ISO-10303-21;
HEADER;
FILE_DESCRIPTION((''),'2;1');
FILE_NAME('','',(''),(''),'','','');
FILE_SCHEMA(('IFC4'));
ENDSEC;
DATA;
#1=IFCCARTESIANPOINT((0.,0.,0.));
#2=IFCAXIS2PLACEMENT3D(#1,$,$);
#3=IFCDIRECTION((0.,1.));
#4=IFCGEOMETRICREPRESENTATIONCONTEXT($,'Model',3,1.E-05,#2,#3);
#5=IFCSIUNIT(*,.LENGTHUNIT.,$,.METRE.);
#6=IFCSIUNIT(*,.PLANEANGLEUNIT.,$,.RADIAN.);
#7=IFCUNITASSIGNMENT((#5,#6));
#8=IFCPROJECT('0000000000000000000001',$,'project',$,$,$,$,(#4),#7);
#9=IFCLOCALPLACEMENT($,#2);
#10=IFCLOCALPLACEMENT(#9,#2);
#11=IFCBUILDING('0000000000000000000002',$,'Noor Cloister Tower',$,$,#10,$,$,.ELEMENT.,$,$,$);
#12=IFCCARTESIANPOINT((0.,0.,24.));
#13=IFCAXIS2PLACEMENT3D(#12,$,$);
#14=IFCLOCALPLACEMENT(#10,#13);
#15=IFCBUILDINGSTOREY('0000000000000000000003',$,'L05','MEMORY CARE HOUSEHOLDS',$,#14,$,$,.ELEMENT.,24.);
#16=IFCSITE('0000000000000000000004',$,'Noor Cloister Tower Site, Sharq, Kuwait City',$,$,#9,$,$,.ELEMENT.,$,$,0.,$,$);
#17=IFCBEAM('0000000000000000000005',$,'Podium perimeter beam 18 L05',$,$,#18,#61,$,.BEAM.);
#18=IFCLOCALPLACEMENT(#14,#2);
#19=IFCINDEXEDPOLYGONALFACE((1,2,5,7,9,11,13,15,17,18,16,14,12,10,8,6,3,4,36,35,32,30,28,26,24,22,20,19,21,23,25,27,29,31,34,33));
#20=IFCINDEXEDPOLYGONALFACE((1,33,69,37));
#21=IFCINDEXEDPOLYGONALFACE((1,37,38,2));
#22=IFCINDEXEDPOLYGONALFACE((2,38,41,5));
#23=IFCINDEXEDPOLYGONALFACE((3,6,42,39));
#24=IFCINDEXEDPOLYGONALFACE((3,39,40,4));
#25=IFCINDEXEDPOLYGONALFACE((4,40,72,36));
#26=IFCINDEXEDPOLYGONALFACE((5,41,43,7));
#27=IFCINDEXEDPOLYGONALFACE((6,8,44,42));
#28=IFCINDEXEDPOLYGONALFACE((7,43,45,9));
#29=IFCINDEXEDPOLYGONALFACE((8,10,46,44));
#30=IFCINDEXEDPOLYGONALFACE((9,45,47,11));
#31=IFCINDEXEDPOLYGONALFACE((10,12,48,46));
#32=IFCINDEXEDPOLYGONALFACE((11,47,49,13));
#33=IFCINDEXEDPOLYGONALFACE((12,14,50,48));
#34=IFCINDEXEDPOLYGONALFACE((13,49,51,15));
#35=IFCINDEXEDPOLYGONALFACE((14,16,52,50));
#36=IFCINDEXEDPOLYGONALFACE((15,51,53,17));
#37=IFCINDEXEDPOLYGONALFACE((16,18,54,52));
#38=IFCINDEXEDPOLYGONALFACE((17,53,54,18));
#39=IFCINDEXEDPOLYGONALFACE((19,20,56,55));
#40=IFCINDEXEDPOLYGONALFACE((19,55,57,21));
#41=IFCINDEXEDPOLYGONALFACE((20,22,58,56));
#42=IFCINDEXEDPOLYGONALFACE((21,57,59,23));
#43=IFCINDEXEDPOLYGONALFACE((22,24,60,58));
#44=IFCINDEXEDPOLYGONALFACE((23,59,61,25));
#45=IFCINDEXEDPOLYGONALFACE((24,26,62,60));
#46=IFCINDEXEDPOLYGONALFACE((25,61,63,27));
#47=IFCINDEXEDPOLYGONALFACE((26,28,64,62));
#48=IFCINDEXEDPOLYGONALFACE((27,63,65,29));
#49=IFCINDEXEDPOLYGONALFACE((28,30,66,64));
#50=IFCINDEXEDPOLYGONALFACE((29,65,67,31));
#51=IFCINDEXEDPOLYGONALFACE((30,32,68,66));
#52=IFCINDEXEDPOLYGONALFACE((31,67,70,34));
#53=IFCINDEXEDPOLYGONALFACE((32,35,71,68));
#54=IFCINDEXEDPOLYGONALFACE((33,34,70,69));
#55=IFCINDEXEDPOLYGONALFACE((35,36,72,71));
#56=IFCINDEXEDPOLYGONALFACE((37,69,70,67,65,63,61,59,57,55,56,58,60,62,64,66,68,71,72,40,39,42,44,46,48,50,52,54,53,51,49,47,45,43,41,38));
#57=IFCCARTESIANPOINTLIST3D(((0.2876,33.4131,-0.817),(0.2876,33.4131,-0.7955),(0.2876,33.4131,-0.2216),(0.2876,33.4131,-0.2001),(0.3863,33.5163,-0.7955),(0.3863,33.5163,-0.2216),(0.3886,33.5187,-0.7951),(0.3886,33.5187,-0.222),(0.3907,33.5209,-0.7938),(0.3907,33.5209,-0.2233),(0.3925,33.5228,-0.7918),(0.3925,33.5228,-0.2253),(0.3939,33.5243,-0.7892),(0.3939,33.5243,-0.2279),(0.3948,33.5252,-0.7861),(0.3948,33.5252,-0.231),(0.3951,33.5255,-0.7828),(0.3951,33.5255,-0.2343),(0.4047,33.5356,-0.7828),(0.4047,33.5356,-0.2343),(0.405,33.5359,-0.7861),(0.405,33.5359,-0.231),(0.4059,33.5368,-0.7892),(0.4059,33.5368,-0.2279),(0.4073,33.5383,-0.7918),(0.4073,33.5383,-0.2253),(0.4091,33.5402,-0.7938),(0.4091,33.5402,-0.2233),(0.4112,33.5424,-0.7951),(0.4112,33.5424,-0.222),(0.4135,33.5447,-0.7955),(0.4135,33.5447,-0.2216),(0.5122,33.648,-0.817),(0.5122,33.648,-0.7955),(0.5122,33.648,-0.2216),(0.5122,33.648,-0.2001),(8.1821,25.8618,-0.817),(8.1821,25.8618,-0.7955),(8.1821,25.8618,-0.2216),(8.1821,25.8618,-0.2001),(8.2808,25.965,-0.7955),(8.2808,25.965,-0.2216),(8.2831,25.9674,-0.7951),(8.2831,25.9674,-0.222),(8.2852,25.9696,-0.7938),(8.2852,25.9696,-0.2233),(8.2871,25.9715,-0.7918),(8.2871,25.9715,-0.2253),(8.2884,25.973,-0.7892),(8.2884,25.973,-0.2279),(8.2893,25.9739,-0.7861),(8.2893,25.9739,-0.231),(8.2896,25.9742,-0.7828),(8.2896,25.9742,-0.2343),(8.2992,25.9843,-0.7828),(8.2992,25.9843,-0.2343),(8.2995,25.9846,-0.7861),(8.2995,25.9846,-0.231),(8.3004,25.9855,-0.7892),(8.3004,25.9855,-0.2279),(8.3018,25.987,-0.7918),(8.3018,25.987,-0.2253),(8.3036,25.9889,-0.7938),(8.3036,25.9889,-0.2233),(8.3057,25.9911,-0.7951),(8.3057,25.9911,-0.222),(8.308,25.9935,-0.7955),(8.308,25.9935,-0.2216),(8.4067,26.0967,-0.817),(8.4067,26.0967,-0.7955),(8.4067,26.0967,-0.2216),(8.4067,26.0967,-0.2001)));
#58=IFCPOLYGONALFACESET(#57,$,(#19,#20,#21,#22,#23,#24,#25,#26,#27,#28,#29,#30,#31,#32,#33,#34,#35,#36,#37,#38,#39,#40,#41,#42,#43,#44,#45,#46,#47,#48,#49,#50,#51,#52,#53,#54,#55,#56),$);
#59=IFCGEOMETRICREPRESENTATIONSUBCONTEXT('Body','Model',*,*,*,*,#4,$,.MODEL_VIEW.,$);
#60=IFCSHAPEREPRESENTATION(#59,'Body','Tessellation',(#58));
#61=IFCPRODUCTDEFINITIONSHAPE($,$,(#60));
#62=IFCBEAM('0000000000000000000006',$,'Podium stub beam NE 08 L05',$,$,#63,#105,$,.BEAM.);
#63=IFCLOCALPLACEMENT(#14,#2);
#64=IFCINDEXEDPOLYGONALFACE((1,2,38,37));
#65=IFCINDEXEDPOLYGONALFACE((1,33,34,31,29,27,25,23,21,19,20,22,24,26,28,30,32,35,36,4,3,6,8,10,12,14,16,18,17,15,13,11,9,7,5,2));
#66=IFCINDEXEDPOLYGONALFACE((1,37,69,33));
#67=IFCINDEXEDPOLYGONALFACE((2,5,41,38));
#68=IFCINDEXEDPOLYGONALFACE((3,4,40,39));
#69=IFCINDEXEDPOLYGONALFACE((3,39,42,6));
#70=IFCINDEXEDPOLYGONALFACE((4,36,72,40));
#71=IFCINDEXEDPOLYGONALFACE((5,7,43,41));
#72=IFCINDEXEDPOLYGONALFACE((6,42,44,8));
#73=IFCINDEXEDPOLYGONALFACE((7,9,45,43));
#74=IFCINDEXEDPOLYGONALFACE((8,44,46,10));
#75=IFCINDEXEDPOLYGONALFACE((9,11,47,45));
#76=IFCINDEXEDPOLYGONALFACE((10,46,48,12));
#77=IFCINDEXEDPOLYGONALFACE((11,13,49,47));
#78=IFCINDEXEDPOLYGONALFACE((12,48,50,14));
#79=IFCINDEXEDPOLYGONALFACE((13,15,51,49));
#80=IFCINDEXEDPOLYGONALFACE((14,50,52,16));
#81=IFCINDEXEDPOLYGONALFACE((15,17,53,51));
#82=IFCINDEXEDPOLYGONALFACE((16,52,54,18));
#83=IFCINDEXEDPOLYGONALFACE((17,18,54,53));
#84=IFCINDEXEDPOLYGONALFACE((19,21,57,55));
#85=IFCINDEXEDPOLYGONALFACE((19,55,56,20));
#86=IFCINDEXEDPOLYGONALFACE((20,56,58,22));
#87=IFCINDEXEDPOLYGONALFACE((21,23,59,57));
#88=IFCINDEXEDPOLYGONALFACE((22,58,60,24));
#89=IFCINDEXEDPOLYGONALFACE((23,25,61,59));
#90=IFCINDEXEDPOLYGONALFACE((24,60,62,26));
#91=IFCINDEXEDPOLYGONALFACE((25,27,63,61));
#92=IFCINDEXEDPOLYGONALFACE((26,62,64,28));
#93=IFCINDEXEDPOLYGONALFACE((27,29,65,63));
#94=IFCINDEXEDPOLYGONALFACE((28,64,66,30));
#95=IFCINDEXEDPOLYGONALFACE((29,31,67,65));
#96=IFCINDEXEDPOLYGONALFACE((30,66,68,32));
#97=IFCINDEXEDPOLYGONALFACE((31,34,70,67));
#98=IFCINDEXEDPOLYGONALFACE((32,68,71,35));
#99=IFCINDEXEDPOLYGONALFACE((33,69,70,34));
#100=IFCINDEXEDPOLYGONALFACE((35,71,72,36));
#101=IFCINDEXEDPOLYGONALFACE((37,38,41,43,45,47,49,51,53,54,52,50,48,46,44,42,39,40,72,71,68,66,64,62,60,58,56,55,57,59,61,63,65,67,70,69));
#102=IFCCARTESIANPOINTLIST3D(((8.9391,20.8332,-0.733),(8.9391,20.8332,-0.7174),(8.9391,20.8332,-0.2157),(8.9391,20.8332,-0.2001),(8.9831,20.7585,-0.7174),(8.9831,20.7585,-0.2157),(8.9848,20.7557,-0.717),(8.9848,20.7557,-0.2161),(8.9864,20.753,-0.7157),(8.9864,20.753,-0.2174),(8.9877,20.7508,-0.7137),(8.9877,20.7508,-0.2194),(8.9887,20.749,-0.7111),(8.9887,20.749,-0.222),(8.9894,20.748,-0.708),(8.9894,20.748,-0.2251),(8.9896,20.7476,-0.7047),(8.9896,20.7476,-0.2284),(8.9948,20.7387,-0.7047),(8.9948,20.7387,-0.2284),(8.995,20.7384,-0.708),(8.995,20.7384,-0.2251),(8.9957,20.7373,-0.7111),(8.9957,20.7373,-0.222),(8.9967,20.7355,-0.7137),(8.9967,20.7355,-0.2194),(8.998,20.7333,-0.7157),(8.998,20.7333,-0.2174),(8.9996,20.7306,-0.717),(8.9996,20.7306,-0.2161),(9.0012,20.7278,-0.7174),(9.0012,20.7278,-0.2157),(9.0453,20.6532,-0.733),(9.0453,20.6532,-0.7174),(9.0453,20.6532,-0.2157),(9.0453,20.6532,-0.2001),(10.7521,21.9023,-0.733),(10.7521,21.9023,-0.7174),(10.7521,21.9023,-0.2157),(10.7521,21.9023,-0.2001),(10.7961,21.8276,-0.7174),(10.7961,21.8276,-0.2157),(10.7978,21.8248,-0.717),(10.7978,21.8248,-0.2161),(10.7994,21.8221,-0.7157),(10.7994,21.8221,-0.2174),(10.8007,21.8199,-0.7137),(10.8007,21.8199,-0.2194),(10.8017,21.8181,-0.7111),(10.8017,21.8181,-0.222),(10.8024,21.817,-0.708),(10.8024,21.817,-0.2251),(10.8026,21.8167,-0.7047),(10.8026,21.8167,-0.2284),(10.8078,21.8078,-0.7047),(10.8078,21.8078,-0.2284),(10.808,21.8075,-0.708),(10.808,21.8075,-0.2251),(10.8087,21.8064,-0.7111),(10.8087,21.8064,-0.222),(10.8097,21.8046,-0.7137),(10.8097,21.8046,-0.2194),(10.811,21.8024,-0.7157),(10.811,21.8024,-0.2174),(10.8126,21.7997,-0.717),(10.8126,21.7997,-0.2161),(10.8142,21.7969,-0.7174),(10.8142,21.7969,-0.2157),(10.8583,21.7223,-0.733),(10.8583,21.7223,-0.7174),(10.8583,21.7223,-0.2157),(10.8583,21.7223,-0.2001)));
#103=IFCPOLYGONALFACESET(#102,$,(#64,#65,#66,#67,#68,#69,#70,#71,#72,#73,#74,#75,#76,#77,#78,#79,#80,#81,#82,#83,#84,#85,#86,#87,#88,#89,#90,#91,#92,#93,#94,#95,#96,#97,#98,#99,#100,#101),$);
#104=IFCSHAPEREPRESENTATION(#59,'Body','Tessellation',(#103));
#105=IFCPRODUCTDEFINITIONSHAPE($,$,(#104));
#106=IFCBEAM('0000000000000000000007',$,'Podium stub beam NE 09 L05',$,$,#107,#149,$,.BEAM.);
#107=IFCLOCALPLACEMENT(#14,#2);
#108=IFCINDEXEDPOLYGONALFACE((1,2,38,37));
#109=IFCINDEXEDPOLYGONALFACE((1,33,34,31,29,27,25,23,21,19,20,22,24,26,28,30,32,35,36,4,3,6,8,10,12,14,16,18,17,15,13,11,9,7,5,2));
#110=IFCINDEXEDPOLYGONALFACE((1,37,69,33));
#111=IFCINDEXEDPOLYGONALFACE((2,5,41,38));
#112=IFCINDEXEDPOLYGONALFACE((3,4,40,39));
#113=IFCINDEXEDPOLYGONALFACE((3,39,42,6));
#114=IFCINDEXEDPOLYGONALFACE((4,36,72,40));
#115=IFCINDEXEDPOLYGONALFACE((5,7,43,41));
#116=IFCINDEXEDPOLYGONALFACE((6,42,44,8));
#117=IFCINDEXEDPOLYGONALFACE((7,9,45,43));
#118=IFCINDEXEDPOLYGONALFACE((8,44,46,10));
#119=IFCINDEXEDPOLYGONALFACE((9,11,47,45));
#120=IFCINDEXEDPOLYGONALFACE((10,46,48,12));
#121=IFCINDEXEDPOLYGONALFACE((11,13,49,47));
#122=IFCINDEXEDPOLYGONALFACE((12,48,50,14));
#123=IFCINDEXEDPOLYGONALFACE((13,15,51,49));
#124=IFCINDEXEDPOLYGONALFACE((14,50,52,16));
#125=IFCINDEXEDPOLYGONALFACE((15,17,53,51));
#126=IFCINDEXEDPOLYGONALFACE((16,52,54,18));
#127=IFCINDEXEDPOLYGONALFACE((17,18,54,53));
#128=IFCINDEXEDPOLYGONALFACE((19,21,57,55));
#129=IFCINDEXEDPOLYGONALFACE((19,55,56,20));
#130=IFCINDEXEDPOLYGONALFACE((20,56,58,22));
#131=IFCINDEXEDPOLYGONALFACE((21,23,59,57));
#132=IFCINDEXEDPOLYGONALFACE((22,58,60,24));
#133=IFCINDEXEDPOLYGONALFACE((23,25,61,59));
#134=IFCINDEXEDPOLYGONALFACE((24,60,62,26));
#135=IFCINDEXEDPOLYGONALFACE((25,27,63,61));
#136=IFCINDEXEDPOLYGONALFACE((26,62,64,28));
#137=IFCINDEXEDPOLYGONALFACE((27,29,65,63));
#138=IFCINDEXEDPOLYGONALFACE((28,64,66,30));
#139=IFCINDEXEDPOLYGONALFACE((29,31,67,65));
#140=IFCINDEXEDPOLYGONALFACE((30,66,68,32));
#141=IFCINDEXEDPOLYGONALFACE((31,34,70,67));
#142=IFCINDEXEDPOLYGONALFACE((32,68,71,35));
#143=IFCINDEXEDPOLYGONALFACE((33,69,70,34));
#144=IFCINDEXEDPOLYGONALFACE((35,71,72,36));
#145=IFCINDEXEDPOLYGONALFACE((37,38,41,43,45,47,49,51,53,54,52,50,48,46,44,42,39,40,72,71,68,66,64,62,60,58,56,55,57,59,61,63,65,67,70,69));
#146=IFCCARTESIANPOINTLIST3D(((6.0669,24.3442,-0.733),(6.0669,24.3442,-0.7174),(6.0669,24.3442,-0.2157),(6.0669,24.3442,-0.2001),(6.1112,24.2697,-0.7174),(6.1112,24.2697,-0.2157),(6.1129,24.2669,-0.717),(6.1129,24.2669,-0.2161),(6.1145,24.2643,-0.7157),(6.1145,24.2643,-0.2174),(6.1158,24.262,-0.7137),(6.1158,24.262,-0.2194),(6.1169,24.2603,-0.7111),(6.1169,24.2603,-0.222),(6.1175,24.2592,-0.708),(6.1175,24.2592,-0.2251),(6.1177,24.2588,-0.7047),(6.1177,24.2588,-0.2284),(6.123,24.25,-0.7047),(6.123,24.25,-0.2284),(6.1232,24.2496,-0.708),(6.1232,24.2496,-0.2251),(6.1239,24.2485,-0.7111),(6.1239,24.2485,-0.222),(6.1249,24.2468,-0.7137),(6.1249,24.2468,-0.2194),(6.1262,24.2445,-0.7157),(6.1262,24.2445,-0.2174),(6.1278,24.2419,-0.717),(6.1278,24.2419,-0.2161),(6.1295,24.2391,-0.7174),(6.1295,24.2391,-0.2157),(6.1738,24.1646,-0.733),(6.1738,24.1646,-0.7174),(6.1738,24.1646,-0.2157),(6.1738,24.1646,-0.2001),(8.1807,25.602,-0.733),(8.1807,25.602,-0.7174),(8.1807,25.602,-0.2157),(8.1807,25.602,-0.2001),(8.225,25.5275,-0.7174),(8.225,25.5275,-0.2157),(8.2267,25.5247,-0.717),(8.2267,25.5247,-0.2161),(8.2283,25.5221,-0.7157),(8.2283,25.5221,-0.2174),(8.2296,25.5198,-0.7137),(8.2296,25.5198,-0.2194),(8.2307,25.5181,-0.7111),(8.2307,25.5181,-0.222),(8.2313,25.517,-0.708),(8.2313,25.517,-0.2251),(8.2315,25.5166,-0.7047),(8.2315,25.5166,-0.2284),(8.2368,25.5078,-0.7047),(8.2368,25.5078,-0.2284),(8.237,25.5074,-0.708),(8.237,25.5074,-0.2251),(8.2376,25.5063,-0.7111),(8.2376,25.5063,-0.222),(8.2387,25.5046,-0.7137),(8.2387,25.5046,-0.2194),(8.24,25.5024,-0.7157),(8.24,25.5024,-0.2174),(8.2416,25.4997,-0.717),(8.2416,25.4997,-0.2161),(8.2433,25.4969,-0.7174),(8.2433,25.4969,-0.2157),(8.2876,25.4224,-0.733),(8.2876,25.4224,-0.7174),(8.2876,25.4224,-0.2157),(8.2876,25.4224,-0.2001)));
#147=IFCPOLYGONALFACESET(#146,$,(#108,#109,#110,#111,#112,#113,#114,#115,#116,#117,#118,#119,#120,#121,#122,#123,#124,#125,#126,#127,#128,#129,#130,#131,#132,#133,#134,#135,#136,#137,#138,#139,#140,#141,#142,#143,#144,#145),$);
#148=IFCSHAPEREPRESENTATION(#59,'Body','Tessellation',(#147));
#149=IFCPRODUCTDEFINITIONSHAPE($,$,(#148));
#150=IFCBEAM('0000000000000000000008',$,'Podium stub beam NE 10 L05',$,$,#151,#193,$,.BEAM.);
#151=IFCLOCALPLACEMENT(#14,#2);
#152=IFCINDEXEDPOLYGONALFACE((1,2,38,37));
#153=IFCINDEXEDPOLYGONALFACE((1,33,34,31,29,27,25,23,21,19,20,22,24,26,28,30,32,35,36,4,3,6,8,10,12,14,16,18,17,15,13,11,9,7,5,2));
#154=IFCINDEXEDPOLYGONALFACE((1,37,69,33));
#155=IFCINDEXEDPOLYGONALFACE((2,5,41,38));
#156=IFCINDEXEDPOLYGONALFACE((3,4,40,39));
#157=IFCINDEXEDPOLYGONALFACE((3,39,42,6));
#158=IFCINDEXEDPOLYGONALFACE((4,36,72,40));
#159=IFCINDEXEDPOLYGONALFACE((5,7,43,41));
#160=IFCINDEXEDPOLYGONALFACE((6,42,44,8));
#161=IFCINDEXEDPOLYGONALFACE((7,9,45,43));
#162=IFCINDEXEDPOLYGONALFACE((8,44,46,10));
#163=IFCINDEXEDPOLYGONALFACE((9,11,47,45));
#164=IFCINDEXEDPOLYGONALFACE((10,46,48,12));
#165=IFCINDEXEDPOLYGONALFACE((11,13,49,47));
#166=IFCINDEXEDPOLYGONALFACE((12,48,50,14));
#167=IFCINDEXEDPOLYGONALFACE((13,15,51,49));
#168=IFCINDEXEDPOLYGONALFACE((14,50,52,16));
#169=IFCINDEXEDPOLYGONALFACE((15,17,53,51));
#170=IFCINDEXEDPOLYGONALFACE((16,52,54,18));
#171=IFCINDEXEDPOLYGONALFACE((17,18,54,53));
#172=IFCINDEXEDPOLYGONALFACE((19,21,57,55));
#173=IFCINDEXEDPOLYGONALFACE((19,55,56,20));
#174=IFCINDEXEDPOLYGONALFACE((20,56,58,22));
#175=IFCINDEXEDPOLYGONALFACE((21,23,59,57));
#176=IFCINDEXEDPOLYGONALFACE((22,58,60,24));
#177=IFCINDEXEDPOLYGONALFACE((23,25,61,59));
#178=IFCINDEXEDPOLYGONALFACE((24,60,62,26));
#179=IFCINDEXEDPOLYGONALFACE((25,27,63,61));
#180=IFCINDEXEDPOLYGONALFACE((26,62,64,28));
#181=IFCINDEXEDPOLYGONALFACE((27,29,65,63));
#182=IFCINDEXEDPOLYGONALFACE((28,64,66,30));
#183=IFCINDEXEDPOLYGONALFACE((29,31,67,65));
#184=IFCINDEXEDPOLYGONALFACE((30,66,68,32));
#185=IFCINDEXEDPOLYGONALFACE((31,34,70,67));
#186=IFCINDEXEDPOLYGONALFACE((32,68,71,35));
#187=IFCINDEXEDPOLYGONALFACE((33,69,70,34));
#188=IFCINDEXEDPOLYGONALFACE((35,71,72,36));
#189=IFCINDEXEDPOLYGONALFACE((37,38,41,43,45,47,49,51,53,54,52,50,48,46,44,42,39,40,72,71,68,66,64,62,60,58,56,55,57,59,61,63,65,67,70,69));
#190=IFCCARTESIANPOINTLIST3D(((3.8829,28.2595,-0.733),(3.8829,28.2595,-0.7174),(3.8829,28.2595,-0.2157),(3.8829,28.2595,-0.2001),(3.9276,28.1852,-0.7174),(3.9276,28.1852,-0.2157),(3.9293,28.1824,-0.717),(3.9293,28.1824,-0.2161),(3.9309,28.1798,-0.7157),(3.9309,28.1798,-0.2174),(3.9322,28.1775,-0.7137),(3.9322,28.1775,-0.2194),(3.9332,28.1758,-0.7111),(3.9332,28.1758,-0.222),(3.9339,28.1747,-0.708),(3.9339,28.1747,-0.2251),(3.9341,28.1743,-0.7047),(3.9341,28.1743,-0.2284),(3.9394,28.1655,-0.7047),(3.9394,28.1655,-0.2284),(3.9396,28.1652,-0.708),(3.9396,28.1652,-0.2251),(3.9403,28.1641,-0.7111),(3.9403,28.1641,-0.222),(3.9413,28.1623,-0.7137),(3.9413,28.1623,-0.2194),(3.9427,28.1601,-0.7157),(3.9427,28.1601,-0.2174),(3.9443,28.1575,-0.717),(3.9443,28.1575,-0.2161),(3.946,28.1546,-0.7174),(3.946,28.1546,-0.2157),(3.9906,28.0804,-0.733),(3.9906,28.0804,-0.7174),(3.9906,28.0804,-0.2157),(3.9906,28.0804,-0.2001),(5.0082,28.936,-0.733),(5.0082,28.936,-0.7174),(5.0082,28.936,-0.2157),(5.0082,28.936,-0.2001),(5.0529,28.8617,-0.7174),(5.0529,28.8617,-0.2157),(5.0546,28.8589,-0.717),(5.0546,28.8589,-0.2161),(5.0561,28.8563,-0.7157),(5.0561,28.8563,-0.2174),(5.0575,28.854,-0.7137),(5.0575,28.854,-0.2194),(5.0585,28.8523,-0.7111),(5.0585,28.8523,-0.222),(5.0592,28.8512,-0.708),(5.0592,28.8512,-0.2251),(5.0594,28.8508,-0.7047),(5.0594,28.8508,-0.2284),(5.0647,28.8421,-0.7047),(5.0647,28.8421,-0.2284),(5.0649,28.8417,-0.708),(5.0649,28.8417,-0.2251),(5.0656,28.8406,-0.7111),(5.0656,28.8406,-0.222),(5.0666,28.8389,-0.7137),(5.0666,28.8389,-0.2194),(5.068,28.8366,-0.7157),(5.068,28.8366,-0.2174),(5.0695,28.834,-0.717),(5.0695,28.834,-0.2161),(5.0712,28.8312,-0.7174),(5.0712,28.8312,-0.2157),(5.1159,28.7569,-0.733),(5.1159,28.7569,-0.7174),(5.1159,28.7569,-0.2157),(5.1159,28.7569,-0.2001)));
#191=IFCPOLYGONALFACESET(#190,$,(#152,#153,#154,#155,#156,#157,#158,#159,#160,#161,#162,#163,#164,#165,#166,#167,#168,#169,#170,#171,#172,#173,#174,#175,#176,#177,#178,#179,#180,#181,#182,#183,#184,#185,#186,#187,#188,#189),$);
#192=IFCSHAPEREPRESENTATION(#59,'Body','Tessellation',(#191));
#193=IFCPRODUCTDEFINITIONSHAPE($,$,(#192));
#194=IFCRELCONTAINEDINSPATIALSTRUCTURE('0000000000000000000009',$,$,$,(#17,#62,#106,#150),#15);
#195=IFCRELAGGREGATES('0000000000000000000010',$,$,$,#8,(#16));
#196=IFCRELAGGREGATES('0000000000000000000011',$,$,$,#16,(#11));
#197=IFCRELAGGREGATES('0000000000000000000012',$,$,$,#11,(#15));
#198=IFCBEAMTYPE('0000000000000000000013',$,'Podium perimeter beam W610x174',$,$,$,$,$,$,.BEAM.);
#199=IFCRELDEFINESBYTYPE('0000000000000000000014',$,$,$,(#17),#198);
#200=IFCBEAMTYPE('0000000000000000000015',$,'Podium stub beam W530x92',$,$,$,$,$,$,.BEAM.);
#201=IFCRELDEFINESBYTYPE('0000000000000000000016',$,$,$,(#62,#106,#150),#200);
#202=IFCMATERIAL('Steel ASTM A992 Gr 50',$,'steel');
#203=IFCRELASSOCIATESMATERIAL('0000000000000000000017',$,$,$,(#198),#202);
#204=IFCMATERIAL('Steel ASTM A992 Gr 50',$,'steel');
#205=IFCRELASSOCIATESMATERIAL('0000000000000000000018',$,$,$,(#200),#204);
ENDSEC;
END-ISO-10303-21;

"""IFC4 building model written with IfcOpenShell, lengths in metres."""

from ifc_helpers import new_model, si_unit, direction, frame, origin, origin_2d, place, context, subcontext, project, spatial, i_section, extrude, material, material_profile, profile_set, type_object, element, save


model = new_model("IFC4")

# Units and contexts
model_context = context("Model", 3, precision=1e-05, world=origin(), true_north=direction((0.0, 1.0)))
body_context = subcontext(model_context, "Body", "Model", "MODEL_VIEW")
ifc_project = project(units=[si_unit("LENGTHUNIT", "METRE"), si_unit("PLANEANGLEUNIT", "RADIAN")], contexts=[model_context])

# Site, building, storey
site_placement = place(None, origin())
site = spatial("IfcSite", under=ifc_project, at=site_placement, Name="Noor Cloister Tower Site, Sharq, Kuwait City", CompositionType="ELEMENT", RefElevation=0.0)
building_placement = place(site_placement, origin())
building = spatial("IfcBuilding", under=site, at=building_placement, Name="Noor Cloister Tower", CompositionType="ELEMENT")
storey_placement = place(building_placement, frame((0.0, 0.0, 24.0)))
storey = spatial("IfcBuildingStorey", under=building, at=storey_placement, Name="L05", Description="MEMORY CARE HOUSEHOLDS", CompositionType="ELEMENT", Elevation=24.0)

# Beams
ifc_material_1 = material(Name="Steel ASTM A992 Gr 50", Category="steel")
ifc_material_profile_1 = material_profile(ifc_material_1, i_section(OverallWidth=0.325, OverallDepth=0.6169, WebThickness=0.0139, FlangeThickness=0.0215, FilletRadius=0.0127, at=origin_2d()), Name="W610x174")
ifc_profile_set_1 = profile_set([ifc_material_profile_1], Name="Steel ASTM A992 Gr 50")
beam_type_1 = type_object("IfcBeamType", Name="Podium perimeter beam W610x174", PredefinedType="BEAM", material=ifc_profile_set_1)
beam_1_placement = place(storey_placement, frame((8.2944, 25.9792, -0.5085), z_axis=(-0.722643, 0.691222, 0.0), x_axis=(-0.691222, -0.722643, 0.0)))
element("IfcBeam", 1, at=beam_1_placement, inside=storey, type_object=beam_type_1, Name="Podium perimeter beam 18 L05", PredefinedType="BEAM", context=body_context, shape_type="SweptSolid", body=[
    extrude(i_section(OverallWidth=0.325, OverallDepth=0.6169, WebThickness=0.0139, FlangeThickness=0.0215, FilletRadius=0.0127, at=origin_2d()), origin(), (0.0, 0.0, 1.0), 10.9246),
])
ifc_material_2 = material(Name="Steel ASTM A992 Gr 50", Category="steel")
ifc_material_profile_2 = material_profile(ifc_material_2, i_section(OverallWidth=0.209, OverallDepth=0.533, WebThickness=0.0103, FlangeThickness=0.0156, FilletRadius=0.0127, at=origin_2d()), Name="W530x92")
ifc_profile_set_2 = profile_set([ifc_material_profile_2], Name="Steel ASTM A992 Gr 50")
beam_type_2 = type_object("IfcBeamType", Name="Podium stub beam W530x92", PredefinedType="BEAM", material=ifc_profile_set_2)
beam_2_placement = place(storey_placement, frame((8.9922, 20.7432, -0.4666), z_axis=(0.861388, 0.507948, 0.0), x_axis=(-0.507948, 0.861388, 0.0)))
element("IfcBeam", 2, at=beam_2_placement, inside=storey, type_object=beam_type_2, Name="Podium stub beam NE 08 L05", PredefinedType="BEAM", context=body_context, shape_type="SweptSolid", body=[
    extrude(i_section(OverallWidth=0.209, OverallDepth=0.533, WebThickness=0.0103, FlangeThickness=0.0156, FilletRadius=0.0127, at=origin_2d()), origin(), (0.0, 0.0, 1.0), 2.1047),
])
beam_3_placement = place(storey_placement, frame((6.1204, 24.2544, -0.4666), z_axis=(0.859361, 0.511369, 0.0), x_axis=(-0.511369, 0.859361, 0.0)))
element("IfcBeam", 3, at=beam_3_placement, inside=storey, type_object=beam_type_2, Name="Podium stub beam NE 09 L05", PredefinedType="BEAM", context=body_context, shape_type="SweptSolid", body=[
    extrude(i_section(OverallWidth=0.209, OverallDepth=0.533, WebThickness=0.0103, FlangeThickness=0.0156, FilletRadius=0.0127, at=origin_2d()), origin(), (0.0, 0.0, 1.0), 2.4597),
])
beam_4_placement = place(storey_placement, frame((3.9368, 28.1699, -0.4666), z_axis=(0.857033, 0.515261, 0.0), x_axis=(-0.515261, 0.857033, 0.0)))
element("IfcBeam", 4, at=beam_4_placement, inside=storey, type_object=beam_type_2, Name="Podium stub beam NE 10 L05", PredefinedType="BEAM", context=body_context, shape_type="SweptSolid", body=[
    extrude(i_section(OverallWidth=0.209, OverallDepth=0.533, WebThickness=0.0103, FlangeThickness=0.0156, FilletRadius=0.0127, at=origin_2d()), origin(), (0.0, 0.0, 1.0), 1.313),
])

save(model, "model.ifc")
